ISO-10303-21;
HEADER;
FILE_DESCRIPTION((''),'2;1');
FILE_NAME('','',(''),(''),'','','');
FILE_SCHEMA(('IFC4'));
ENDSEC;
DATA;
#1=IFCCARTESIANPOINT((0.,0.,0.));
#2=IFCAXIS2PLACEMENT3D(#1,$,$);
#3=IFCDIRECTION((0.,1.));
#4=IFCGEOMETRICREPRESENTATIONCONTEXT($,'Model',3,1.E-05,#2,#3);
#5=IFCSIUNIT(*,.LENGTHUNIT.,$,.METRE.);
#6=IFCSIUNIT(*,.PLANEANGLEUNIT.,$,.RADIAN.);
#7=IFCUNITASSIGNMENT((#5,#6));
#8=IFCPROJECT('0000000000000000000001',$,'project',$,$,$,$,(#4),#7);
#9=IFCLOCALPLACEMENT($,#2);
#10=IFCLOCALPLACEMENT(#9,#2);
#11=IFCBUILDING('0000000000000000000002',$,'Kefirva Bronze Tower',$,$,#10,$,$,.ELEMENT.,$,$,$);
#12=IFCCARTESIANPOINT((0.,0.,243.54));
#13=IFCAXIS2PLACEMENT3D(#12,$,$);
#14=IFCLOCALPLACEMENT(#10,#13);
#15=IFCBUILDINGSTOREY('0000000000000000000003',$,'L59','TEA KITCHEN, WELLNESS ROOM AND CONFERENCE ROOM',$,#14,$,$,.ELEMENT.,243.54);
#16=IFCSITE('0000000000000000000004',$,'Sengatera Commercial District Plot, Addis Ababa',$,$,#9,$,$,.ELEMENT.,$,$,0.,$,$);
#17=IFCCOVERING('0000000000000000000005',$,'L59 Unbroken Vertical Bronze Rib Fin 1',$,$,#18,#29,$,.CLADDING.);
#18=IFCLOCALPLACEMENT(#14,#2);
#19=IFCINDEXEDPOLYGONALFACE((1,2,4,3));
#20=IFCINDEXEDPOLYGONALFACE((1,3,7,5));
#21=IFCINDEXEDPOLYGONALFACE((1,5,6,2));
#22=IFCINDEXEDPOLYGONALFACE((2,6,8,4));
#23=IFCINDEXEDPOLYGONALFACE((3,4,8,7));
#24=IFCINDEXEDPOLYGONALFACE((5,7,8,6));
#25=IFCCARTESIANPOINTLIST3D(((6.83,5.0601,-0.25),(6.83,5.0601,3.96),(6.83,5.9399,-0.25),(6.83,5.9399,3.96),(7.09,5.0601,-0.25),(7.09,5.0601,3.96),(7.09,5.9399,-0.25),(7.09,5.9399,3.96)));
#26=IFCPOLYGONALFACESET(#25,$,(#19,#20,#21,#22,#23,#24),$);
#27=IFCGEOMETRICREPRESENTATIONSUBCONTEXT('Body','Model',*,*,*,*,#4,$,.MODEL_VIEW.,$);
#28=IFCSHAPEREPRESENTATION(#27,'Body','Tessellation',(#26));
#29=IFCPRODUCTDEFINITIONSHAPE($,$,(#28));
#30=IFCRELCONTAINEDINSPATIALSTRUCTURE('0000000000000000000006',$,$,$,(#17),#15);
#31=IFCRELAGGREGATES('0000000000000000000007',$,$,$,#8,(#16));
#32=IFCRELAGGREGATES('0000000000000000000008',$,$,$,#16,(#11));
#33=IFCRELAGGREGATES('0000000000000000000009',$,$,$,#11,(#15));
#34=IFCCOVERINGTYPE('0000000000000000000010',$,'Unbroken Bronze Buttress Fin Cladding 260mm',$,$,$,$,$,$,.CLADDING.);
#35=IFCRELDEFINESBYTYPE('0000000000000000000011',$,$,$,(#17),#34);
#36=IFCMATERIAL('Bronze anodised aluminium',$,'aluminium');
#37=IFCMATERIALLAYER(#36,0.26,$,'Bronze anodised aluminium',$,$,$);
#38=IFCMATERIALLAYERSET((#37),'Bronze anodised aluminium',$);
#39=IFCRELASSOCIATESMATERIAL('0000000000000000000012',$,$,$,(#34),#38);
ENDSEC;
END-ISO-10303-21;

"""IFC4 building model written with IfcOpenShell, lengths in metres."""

from ifc_helpers import new_model, si_unit, direction, frame, origin, origin_2d, place, context, subcontext, project, spatial, rectangle, extrude, material, layer, layer_set, type_object, element, save


model = new_model("IFC4")

# Units and contexts
model_context = context("Model", 3, precision=1e-05, world=origin(), true_north=direction((0.0, 1.0)))
body_context = subcontext(model_context, "Body", "Model", "MODEL_VIEW")
ifc_project = project(units=[si_unit("LENGTHUNIT", "METRE"), si_unit("PLANEANGLEUNIT", "RADIAN")], contexts=[model_context])

# Site, building, storey
site_placement = place(None, origin())
site = spatial("IfcSite", under=ifc_project, at=site_placement, Name="Sengatera Commercial District Plot, Addis Ababa", CompositionType="ELEMENT", RefElevation=0.0)
building_placement = place(site_placement, origin())
building = spatial("IfcBuilding", under=site, at=building_placement, Name="Kefirva Bronze Tower", CompositionType="ELEMENT")
storey_placement = place(building_placement, frame((0.0, 0.0, 243.54)))
storey = spatial("IfcBuildingStorey", under=building, at=storey_placement, Name="L59", Description="TEA KITCHEN, WELLNESS ROOM AND CONFERENCE ROOM", CompositionType="ELEMENT", Elevation=243.54)

# Shared definitions
ifc_material_1 = material(Name="Bronze anodised aluminium", Category="aluminium")

# Covering
ifc_layer_1 = layer(ifc_material_1, 0.26, Name="Bronze anodised aluminium")
ifc_layer_set_1 = layer_set([ifc_layer_1], Name="Bronze anodised aluminium")
covering_type_1 = type_object("IfcCoveringType", Name="Unbroken Bronze Buttress Fin Cladding 260mm", PredefinedType="CLADDING", material=ifc_layer_set_1)
covering_1_placement = place(storey_placement, frame((6.96, 5.5, -0.25), z_axis=(0.0, 0.0, 1.0), x_axis=(1.0, 0.0, 0.0)))
element("IfcCovering", 1, at=covering_1_placement, inside=storey, type_object=covering_type_1, Name="L59 Unbroken Vertical Bronze Rib Fin 1", PredefinedType="CLADDING", context=body_context, shape_type="SweptSolid", body=[
    extrude(rectangle(XDim=0.26, YDim=0.8799, at=origin_2d()), origin(), (0.0, 0.0, 1.0), 4.21),
])

save(model, "model.ifc")
